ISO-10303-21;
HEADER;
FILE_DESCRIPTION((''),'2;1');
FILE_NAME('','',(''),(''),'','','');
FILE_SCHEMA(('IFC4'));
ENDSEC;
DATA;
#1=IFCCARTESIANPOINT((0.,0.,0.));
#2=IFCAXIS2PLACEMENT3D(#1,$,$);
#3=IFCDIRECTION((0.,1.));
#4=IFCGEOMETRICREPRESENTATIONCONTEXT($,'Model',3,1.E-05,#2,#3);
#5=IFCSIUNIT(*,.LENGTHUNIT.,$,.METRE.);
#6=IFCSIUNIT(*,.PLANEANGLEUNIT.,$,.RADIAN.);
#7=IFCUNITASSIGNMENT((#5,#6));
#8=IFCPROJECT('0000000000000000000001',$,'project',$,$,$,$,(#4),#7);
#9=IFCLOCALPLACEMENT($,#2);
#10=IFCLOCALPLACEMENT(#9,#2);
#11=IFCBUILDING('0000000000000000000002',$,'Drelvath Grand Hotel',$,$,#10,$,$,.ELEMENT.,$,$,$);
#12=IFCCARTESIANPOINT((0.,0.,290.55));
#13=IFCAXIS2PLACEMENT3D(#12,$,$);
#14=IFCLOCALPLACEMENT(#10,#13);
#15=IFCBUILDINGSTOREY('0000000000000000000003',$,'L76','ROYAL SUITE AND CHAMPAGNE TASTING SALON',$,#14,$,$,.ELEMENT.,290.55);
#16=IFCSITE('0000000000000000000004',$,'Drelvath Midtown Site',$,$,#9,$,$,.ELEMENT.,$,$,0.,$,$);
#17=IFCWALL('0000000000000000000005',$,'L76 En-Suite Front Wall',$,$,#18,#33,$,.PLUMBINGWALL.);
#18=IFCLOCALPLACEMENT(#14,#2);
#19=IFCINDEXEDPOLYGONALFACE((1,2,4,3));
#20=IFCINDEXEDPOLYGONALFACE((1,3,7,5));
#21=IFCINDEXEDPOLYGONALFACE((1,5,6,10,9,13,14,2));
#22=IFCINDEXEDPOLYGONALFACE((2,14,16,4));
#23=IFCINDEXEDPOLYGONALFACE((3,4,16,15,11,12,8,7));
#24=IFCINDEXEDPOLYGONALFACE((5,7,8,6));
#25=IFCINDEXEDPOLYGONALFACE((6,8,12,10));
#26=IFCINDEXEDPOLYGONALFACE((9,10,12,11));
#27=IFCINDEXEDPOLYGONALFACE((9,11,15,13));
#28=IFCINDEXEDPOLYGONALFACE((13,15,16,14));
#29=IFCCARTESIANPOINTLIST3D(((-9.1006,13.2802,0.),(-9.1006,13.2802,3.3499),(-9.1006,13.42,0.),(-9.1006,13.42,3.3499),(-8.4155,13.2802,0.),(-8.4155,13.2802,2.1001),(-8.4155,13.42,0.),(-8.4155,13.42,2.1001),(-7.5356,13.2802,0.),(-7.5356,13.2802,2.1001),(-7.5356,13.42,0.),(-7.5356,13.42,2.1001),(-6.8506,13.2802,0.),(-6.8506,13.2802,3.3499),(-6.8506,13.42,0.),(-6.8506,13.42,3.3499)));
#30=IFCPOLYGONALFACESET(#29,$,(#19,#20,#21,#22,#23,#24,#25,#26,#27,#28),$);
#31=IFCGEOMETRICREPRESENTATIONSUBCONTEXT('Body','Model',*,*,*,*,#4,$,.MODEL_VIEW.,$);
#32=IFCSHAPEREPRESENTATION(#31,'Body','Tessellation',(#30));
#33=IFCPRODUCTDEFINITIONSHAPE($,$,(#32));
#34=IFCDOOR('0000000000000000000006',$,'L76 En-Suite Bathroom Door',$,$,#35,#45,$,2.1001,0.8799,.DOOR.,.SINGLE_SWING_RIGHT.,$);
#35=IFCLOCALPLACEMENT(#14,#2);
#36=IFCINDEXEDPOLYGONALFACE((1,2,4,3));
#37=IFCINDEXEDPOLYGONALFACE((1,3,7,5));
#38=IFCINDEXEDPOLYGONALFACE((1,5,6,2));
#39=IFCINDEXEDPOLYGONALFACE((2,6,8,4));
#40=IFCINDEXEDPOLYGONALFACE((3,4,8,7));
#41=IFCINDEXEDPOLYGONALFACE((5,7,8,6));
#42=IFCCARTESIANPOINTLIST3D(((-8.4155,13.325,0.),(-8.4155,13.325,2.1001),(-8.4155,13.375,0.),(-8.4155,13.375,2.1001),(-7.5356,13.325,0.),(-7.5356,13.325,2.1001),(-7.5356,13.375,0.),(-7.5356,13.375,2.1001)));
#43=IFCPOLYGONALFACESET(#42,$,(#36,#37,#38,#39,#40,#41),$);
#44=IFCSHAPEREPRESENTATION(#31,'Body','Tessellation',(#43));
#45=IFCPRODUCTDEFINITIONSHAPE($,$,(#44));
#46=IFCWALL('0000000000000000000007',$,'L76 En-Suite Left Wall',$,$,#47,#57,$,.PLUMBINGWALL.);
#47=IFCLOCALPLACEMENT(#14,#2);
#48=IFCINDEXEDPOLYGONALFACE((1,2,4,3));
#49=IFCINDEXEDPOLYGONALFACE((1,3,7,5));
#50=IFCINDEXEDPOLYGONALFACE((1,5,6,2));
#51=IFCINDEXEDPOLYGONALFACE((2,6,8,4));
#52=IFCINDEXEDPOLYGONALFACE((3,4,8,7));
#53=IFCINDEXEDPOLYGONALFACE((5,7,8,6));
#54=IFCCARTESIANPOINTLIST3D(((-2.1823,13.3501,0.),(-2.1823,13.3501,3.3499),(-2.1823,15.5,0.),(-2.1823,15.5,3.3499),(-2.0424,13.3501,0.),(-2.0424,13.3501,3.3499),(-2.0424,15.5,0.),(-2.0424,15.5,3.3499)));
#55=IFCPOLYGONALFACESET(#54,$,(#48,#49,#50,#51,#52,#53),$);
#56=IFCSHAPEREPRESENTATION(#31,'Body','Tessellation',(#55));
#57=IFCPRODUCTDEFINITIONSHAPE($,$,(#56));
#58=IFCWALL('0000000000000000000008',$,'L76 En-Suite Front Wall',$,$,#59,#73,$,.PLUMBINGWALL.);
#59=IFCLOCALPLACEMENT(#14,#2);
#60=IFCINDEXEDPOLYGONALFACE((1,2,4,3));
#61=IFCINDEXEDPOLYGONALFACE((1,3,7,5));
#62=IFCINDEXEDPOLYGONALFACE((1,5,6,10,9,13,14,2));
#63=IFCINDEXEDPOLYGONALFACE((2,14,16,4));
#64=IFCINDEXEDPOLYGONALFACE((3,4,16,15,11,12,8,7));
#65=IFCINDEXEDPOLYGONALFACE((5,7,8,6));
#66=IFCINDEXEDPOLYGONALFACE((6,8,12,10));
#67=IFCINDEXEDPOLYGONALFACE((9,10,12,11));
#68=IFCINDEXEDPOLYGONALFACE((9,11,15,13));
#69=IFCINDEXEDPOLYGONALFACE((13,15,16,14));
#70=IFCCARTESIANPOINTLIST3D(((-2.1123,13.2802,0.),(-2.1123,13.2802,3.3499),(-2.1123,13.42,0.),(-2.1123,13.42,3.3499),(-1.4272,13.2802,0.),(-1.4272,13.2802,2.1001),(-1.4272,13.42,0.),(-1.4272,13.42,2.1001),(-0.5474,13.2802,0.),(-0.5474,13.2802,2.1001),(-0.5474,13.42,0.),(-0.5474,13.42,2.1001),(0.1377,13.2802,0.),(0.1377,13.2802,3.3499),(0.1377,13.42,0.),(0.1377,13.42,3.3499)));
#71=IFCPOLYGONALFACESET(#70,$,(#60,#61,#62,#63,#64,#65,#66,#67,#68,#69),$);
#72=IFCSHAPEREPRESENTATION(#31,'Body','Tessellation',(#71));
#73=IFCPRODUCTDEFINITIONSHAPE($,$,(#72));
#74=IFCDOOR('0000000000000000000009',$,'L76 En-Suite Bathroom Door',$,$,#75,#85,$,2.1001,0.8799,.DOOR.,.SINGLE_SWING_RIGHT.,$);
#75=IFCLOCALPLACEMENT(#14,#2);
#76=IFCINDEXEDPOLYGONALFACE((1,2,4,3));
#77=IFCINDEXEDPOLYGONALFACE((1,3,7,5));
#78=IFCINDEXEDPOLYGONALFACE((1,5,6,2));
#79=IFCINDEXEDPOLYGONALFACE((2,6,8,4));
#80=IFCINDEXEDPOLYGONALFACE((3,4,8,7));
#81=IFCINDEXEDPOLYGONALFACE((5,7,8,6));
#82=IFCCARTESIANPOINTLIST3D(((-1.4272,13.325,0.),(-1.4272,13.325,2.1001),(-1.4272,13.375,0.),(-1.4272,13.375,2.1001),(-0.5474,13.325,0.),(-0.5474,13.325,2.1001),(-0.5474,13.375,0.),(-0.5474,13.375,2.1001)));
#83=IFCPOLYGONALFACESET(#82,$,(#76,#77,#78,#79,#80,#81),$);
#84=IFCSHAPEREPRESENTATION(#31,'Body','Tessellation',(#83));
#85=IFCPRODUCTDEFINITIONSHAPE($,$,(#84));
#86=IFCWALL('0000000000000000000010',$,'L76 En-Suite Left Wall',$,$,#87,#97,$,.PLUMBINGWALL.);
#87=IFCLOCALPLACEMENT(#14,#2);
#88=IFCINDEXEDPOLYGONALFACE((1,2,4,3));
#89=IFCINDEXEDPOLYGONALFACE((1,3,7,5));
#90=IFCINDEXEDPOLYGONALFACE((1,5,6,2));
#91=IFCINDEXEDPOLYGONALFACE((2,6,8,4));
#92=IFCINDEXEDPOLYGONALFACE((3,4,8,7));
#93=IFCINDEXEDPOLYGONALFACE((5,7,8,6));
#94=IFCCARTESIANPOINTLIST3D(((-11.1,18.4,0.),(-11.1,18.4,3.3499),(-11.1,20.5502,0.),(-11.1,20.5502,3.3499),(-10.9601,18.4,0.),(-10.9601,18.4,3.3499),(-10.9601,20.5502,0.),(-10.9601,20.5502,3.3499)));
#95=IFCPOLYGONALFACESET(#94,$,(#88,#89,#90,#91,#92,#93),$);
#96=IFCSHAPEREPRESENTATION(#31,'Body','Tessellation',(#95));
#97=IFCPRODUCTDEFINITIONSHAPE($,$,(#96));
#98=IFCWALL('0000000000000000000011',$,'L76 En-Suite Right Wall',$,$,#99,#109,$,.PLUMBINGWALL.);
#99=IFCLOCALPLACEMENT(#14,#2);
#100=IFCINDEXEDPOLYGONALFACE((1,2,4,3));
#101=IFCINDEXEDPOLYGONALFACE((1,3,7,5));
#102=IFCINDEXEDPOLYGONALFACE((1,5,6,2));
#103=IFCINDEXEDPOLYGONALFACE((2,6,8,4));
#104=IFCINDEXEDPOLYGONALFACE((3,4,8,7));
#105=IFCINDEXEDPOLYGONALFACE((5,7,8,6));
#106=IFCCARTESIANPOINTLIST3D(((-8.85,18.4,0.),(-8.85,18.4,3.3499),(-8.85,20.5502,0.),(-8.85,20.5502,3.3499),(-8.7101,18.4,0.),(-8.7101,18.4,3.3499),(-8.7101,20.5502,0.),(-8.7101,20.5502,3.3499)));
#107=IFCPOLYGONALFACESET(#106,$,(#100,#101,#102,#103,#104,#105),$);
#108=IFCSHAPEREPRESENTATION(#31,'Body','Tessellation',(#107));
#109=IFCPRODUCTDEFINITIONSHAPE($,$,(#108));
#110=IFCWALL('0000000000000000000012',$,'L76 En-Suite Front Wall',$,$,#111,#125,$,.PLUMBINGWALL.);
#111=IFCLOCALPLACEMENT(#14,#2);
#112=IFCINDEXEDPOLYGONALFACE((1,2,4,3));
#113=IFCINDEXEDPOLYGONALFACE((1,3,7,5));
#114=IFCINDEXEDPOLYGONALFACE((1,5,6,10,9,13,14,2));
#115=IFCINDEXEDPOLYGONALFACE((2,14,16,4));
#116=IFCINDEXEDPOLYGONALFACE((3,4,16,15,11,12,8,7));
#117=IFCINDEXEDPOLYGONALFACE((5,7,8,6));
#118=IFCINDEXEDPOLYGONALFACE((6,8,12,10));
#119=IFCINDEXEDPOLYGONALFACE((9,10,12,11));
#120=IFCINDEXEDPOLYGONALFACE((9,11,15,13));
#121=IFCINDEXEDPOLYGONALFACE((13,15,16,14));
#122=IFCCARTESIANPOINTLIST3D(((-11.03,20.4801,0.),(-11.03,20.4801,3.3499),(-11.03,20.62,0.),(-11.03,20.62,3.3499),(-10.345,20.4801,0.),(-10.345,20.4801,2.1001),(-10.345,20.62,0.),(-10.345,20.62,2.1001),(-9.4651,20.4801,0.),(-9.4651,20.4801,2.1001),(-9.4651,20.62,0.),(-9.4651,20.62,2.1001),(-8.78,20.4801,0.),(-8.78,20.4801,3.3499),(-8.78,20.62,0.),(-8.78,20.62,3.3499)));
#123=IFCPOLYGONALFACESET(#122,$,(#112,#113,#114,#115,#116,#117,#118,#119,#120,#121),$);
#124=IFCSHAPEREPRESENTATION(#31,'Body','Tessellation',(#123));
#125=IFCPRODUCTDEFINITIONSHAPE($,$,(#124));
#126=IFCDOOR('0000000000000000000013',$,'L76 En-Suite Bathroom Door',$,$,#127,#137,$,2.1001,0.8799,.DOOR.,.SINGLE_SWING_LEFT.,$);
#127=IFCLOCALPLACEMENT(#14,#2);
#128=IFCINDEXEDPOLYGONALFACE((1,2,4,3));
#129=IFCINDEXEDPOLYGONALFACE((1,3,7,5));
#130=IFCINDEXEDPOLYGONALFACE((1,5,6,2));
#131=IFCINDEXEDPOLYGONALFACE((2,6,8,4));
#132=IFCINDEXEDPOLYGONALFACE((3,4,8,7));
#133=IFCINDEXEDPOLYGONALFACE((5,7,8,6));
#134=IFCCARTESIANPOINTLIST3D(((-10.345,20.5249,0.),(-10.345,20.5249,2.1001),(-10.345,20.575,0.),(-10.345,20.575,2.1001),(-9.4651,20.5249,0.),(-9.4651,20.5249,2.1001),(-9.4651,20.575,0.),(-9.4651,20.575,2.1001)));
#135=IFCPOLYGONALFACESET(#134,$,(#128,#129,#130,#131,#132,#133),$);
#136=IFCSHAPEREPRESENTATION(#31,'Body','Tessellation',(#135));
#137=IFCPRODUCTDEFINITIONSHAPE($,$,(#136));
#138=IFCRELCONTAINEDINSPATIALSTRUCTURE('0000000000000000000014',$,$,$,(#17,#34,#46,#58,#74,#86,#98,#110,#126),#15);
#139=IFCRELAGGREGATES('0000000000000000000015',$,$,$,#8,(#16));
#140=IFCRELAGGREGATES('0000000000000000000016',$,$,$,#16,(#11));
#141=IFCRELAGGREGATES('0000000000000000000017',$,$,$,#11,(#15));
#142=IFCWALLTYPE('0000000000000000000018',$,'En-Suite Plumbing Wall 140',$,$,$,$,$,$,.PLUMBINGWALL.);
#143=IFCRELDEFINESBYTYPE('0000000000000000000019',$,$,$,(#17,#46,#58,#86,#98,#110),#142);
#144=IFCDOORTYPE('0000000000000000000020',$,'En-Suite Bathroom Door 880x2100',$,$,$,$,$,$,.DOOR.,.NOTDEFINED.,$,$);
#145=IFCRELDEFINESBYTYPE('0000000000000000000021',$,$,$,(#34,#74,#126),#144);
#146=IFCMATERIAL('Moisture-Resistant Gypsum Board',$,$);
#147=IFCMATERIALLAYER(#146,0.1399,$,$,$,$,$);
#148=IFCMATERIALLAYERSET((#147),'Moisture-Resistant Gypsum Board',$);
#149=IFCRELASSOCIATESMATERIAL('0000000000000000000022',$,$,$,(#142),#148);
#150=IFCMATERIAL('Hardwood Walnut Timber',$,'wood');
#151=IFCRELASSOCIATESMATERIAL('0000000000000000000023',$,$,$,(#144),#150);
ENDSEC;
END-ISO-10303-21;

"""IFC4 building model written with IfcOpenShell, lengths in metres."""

from ifc_helpers import new_model, si_unit, direction, frame, frame_2d, origin, place, context, subcontext, project, spatial, rectangle, extrude, material, layer, layer_set, type_object, element, fill, save


model = new_model("IFC4")

# Units and contexts
model_context = context("Model", 3, precision=1e-05, world=origin(), true_north=direction((0.0, 1.0)))
body_context = subcontext(model_context, "Body", "Model", "MODEL_VIEW")
ifc_project = project(units=[si_unit("LENGTHUNIT", "METRE"), si_unit("PLANEANGLEUNIT", "RADIAN")], contexts=[model_context])

# Site, building, storey
site_placement = place(None, origin())
site = spatial("IfcSite", under=ifc_project, at=site_placement, Name="Drelvath Midtown Site", CompositionType="ELEMENT", RefElevation=0.0)
building_placement = place(site_placement, origin())
building = spatial("IfcBuilding", under=site, at=building_placement, Name="Drelvath Grand Hotel", CompositionType="ELEMENT")
storey_placement = place(building_placement, frame((0.0, 0.0, 290.55)))
storey = spatial("IfcBuildingStorey", under=building, at=storey_placement, Name="L76", Description="ROYAL SUITE AND CHAMPAGNE TASTING SALON", CompositionType="ELEMENT", Elevation=290.55)

# Shared definitions
ifc_material_1 = material(Name="Hardwood Walnut Timber", Category="wood")

# Shared definitions
ifc_material_2 = material(Name="Moisture-Resistant Gypsum Board")
ifc_layer_1 = layer(ifc_material_2, 0.1399)
ifc_layer_set_1 = layer_set([ifc_layer_1], Name="Moisture-Resistant Gypsum Board")
wall_type_1 = type_object("IfcWallType", Name="En-Suite Plumbing Wall 140", PredefinedType="PLUMBINGWALL", material=ifc_layer_set_1)

# Wall, opening, door
wall_1_placement = place(storey_placement, frame((-9.1006, 13.3501, 0.0), z_axis=(0.0, 0.0, 1.0), x_axis=(1.0, 0.0, 0.0)))
wall_1 = element("IfcWall", 1, at=wall_1_placement, inside=storey, type_object=wall_type_1, Name="L76 En-Suite Front Wall", PredefinedType="PLUMBINGWALL", context=body_context, shape_type="SweptSolid", body=[
    extrude(rectangle(XDim=2.25, YDim=0.1399, at=frame_2d((1.125, 0.0))), origin(), (0.0, 0.0, 1.0), 3.3499),
])
opening_1_placement = place(wall_1_placement, frame((0.6851, 0.0, 0.0)))
opening_1 = element("IfcOpeningElement", 2, at=opening_1_placement, cuts=wall_1, PredefinedType="OPENING", context=body_context, shape_type="SweptSolid", body=[
    extrude(rectangle(XDim=0.8799, YDim=2.1001, at=frame_2d((0.4399, 1.05))), frame((0.0, 0.0798, 0.0), z_axis=(0.0, -1.0, 0.0), x_axis=(1.0, 0.0, 0.0)), (0.0, 0.0, 1.0), 0.1599),
])
door_type_1 = type_object("IfcDoorType", Name="En-Suite Bathroom Door 880x2100", OperationType="NOTDEFINED", PredefinedType="DOOR", material=ifc_material_1)
door_1_placement = place(opening_1_placement, origin())
door_1 = element("IfcDoor", 3, at=door_1_placement, inside=storey, type_object=door_type_1, Name="L76 En-Suite Bathroom Door", OperationType="SINGLE_SWING_RIGHT", OverallHeight=2.1001, OverallWidth=0.8799, PredefinedType="DOOR", context=body_context, shape_type="SweptSolid", body=[
    extrude(rectangle(XDim=0.8799, YDim=2.1001, at=frame_2d((0.4399, 1.05))), frame((0.0, 0.0249, 0.0), z_axis=(0.0, -1.0, 0.0), x_axis=(1.0, 0.0, 0.0)), (0.0, 0.0, 1.0), 0.05),
])
fill(opening_1, door_1)

# Wall
wall_2_placement = place(storey_placement, frame((-2.1123, 15.5, 0.0), z_axis=(0.0, 0.0, 1.0), x_axis=(0.0, -1.0, 0.0)))
element("IfcWall", 4, at=wall_2_placement, inside=storey, type_object=wall_type_1, Name="L76 En-Suite Left Wall", PredefinedType="PLUMBINGWALL", context=body_context, shape_type="SweptSolid", body=[
    extrude(rectangle(XDim=2.1499, YDim=0.1399, at=frame_2d((1.075, 0.0))), origin(), (0.0, 0.0, 1.0), 3.3499),
])

# Wall, opening, door
wall_3_placement = place(storey_placement, frame((-2.1123, 13.3501, 0.0), z_axis=(0.0, 0.0, 1.0), x_axis=(1.0, 0.0, 0.0)))
wall_3 = element("IfcWall", 5, at=wall_3_placement, inside=storey, type_object=wall_type_1, Name="L76 En-Suite Front Wall", PredefinedType="PLUMBINGWALL", context=body_context, shape_type="SweptSolid", body=[
    extrude(rectangle(XDim=2.25, YDim=0.1399, at=frame_2d((1.125, 0.0))), origin(), (0.0, 0.0, 1.0), 3.3499),
])
opening_2_placement = place(wall_3_placement, frame((0.6851, 0.0, 0.0)))
opening_2 = element("IfcOpeningElement", 6, at=opening_2_placement, cuts=wall_3, PredefinedType="OPENING", context=body_context, shape_type="SweptSolid", body=[
    extrude(rectangle(XDim=0.8799, YDim=2.1001, at=frame_2d((0.4399, 1.05))), frame((0.0, 0.0798, 0.0), z_axis=(0.0, -1.0, 0.0), x_axis=(1.0, 0.0, 0.0)), (0.0, 0.0, 1.0), 0.1599),
])
door_2_placement = place(opening_2_placement, origin())
door_2 = element("IfcDoor", 7, at=door_2_placement, inside=storey, type_object=door_type_1, Name="L76 En-Suite Bathroom Door", OperationType="SINGLE_SWING_RIGHT", OverallHeight=2.1001, OverallWidth=0.8799, PredefinedType="DOOR", context=body_context, shape_type="SweptSolid", body=[
    extrude(rectangle(XDim=0.8799, YDim=2.1001, at=frame_2d((0.4399, 1.05))), frame((0.0, 0.0249, 0.0), z_axis=(0.0, -1.0, 0.0), x_axis=(1.0, 0.0, 0.0)), (0.0, 0.0, 1.0), 0.05),
])
fill(opening_2, door_2)

# Walls
for number, where, z_axis, x_axis, name in (
    (8, (-11.03, 18.3999, 0.0), (0.0, 0.0, 1.0), (0.0, 1.0, 0.0), "L76 En-Suite Left Wall"),
    (9, (-8.78, 18.3999, 0.0), (0.0, 0.0, 1.0), (0.0, 1.0, 0.0), "L76 En-Suite Right Wall"),
):
    element("IfcWall", number, at=place(storey_placement, frame(where, z_axis=z_axis, x_axis=x_axis)), inside=storey, type_object=wall_type_1, Name=name, PredefinedType="PLUMBINGWALL", context=body_context, shape_type="SweptSolid", body=[
        extrude(rectangle(XDim=2.1501, YDim=0.1399, at=frame_2d((1.0752, 0.0))), origin(), (0.0, 0.0, 1.0), 3.3499),
    ])

# Wall, opening, door
wall_4_placement = place(storey_placement, frame((-11.03, 20.55, 0.0), z_axis=(0.0, 0.0, 1.0), x_axis=(1.0, 0.0, 0.0)))
wall_4 = element("IfcWall", 10, at=wall_4_placement, inside=storey, type_object=wall_type_1, Name="L76 En-Suite Front Wall", PredefinedType="PLUMBINGWALL", context=body_context, shape_type="SweptSolid", body=[
    extrude(rectangle(XDim=2.25, YDim=0.1399, at=frame_2d((1.125, 0.0))), origin(), (0.0, 0.0, 1.0), 3.3499),
])
opening_3_placement = place(wall_4_placement, frame((0.6851, 0.0, 0.0)))
opening_3 = element("IfcOpeningElement", 11, at=opening_3_placement, cuts=wall_4, PredefinedType="OPENING", context=body_context, shape_type="SweptSolid", body=[
    extrude(rectangle(XDim=0.8799, YDim=2.1001, at=frame_2d((0.4399, 1.05))), frame((0.0, 0.0798, 0.0), z_axis=(0.0, -1.0, 0.0), x_axis=(1.0, 0.0, 0.0)), (0.0, 0.0, 1.0), 0.1599),
])
door_3_placement = place(opening_3_placement, origin())
door_3 = element("IfcDoor", 12, at=door_3_placement, inside=storey, type_object=door_type_1, Name="L76 En-Suite Bathroom Door", OperationType="SINGLE_SWING_LEFT", OverallHeight=2.1001, OverallWidth=0.8799, PredefinedType="DOOR", context=body_context, shape_type="SweptSolid", body=[
    extrude(rectangle(XDim=0.8799, YDim=2.1001, at=frame_2d((0.4399, 1.05))), frame((0.0, 0.0249, 0.0), z_axis=(0.0, -1.0, 0.0), x_axis=(1.0, 0.0, 0.0)), (0.0, 0.0, 1.0), 0.05),
])
fill(opening_3, door_3)

save(model, "model.ifc")
